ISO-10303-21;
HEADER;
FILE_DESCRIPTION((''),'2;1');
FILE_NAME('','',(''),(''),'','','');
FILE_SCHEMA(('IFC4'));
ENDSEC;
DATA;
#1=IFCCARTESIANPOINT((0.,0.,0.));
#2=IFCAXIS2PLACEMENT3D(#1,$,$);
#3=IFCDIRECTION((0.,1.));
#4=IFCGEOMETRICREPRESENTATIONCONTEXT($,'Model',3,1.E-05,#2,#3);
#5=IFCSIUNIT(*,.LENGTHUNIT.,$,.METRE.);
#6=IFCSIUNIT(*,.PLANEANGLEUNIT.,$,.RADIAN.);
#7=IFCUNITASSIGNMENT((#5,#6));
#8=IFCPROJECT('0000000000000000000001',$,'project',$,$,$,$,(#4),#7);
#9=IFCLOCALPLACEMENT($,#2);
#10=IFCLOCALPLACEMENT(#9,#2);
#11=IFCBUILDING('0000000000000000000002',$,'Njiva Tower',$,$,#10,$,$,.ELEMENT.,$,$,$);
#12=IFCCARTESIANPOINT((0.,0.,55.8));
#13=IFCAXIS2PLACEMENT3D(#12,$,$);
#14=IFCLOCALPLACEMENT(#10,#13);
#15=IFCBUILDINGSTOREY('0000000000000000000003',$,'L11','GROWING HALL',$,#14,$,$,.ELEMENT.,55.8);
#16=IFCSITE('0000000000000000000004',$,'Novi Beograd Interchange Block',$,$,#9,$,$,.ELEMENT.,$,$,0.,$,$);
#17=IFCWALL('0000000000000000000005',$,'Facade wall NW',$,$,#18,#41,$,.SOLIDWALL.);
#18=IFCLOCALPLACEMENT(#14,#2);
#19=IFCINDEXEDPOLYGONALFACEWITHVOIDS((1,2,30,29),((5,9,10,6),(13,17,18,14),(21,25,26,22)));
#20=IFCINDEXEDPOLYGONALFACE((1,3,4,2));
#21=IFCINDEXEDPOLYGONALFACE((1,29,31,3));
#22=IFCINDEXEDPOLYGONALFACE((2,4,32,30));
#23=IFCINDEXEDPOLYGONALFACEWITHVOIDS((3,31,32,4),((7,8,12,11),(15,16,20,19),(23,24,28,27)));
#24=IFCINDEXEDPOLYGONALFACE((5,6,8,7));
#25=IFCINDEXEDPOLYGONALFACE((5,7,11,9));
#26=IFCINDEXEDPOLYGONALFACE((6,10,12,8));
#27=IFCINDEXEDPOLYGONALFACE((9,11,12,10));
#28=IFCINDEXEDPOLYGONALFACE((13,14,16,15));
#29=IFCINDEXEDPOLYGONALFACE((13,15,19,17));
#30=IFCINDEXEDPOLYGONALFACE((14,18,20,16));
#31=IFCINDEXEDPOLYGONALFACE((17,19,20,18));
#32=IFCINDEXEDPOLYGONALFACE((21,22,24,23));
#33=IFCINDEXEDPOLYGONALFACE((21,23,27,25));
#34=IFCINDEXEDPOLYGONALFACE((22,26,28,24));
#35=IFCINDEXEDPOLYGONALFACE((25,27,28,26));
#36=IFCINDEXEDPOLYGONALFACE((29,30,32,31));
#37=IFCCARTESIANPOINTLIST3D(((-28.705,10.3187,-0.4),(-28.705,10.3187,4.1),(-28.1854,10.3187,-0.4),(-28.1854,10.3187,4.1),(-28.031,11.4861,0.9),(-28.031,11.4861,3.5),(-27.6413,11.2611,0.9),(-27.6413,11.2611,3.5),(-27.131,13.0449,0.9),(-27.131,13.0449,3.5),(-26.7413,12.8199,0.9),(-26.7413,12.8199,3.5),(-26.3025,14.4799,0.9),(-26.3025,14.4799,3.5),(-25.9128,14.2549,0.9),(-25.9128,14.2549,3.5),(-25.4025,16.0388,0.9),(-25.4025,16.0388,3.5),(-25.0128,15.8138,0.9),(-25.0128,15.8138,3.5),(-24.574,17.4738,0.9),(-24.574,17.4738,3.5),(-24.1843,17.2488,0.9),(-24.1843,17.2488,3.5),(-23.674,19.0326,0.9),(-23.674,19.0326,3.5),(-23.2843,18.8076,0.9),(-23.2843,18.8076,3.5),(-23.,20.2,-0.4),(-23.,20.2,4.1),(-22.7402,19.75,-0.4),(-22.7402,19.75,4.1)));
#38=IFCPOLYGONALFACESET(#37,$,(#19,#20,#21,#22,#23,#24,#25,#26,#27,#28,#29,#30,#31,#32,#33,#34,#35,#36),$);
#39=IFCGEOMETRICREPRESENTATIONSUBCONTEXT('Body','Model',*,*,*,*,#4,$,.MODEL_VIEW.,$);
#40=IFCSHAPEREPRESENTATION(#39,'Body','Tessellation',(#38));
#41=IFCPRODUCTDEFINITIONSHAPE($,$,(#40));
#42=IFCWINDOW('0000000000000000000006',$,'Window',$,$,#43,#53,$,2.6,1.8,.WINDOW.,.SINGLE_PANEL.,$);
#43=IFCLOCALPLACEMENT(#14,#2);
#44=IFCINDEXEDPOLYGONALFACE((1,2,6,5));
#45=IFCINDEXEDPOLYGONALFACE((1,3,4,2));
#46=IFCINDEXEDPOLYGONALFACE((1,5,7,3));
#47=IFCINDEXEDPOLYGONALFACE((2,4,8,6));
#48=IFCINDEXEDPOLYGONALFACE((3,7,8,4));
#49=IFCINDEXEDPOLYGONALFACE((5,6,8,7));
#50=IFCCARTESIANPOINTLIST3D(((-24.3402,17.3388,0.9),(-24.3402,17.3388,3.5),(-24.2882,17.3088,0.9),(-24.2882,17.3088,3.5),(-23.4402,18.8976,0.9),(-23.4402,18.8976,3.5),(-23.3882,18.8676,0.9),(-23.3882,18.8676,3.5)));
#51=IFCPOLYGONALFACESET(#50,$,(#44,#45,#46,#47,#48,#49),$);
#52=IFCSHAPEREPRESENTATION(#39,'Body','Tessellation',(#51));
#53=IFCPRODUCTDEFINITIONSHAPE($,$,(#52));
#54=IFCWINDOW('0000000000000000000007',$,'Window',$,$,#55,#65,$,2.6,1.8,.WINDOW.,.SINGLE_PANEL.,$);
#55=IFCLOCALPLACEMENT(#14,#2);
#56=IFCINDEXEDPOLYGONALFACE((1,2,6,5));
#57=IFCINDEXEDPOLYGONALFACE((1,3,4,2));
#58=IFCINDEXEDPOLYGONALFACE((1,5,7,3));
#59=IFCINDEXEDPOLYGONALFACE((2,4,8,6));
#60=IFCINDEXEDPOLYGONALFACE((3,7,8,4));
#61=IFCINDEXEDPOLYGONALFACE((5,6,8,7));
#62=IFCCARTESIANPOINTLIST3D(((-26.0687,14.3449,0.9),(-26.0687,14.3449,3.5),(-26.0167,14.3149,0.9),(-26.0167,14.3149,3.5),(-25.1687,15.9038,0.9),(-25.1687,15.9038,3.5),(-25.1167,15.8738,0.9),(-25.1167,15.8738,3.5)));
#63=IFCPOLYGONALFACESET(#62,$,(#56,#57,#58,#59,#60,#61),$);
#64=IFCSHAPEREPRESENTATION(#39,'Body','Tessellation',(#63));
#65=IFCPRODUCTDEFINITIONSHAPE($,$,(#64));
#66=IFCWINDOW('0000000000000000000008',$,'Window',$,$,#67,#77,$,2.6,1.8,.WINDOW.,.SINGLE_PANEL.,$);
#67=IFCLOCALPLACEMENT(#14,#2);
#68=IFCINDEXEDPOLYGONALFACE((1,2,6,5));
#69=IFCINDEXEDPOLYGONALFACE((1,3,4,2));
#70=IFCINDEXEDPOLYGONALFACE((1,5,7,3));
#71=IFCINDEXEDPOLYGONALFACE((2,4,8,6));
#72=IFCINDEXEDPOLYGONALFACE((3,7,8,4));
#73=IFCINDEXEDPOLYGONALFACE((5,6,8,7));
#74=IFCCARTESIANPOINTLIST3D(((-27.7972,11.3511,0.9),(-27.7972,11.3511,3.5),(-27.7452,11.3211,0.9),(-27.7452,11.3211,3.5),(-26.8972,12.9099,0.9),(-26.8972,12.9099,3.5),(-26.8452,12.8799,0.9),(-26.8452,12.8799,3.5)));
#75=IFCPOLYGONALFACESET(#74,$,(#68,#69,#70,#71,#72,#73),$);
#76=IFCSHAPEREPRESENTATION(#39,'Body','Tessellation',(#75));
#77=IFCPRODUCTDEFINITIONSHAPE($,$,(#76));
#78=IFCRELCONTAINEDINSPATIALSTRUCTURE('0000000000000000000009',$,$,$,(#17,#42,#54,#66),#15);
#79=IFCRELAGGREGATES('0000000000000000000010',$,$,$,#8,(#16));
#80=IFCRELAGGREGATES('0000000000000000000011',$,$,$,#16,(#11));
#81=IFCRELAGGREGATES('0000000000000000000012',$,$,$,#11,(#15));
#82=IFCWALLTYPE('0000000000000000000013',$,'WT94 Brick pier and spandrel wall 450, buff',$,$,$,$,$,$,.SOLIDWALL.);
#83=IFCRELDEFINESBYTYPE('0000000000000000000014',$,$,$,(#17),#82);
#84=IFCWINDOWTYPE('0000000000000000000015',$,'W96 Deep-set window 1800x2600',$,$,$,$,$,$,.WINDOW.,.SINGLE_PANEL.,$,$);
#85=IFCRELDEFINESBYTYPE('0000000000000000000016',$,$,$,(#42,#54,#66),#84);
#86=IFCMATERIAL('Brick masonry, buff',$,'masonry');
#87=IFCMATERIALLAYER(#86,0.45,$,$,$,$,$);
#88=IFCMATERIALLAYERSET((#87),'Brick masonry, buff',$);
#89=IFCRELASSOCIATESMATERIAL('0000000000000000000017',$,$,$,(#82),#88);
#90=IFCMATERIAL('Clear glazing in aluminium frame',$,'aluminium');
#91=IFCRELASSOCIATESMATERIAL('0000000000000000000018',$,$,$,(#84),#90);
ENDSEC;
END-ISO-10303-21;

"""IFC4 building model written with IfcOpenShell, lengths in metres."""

from ifc_helpers import new_model, si_unit, direction, frame, frame_2d, origin, place, context, subcontext, project, spatial, polyline, rectangle, outline, extrude, material, layer, layer_set, type_object, element, fill, save


model = new_model("IFC4")

# Units and contexts
model_context = context("Model", 3, precision=1e-05, world=origin(), true_north=direction((0.0, 1.0)))
body_context = subcontext(model_context, "Body", "Model", "MODEL_VIEW")
ifc_project = project(units=[si_unit("LENGTHUNIT", "METRE"), si_unit("PLANEANGLEUNIT", "RADIAN")], contexts=[model_context])

# Site, building, storey
site_placement = place(None, origin())
site = spatial("IfcSite", under=ifc_project, at=site_placement, Name="Novi Beograd Interchange Block", CompositionType="ELEMENT", RefElevation=0.0)
building_placement = place(site_placement, origin())
building = spatial("IfcBuilding", under=site, at=building_placement, Name="Njiva Tower", CompositionType="ELEMENT")
storey_placement = place(building_placement, frame((0.0, 0.0, 55.8)))
storey = spatial("IfcBuildingStorey", under=building, at=storey_placement, Name="L11", Description="GROWING HALL", CompositionType="ELEMENT", Elevation=55.8)

# Wall, openings, windows
ifc_material_1 = material(Name="Brick masonry, buff", Category="masonry")
ifc_layer_1 = layer(ifc_material_1, 0.45)
ifc_layer_set_1 = layer_set([ifc_layer_1], Name="Brick masonry, buff")
wall_type_1 = type_object("IfcWallType", Name="WT94 Brick pier and spandrel wall 450, buff", PredefinedType="SOLIDWALL", material=ifc_layer_set_1)
wall_1_placement = place(storey_placement, frame((-22.8701, 19.975, -0.4), z_axis=(0.0, 0.0, 1.0), x_axis=(-0.500002, -0.866024, 0.0)))
wall_1 = element("IfcWall", 1, at=wall_1_placement, inside=storey, type_object=wall_type_1, Name="Facade wall NW", PredefinedType="SOLIDWALL", context=body_context, shape_type="SweptSolid", body=[
    extrude(outline(polyline([(-0.1299, -0.225), (11.2801, -0.225), (11.0203, 0.225), (0.1299, 0.225), (-0.1299, -0.225)])), origin(), (0.0, 0.0, 1.0), 4.5),
])
opening_1_placement = place(wall_1_placement, frame((1.2181, 0.0, 1.3)))
opening_1 = element("IfcOpeningElement", 2, at=opening_1_placement, cuts=wall_1, PredefinedType="OPENING", context=body_context, shape_type="SweptSolid", body=[
    extrude(rectangle(XDim=1.8, YDim=2.6, at=frame_2d((0.9, 1.3))), frame((0.0, 0.235, 0.0), z_axis=(0.0, -1.0, 0.0), x_axis=(1.0, 0.0, 0.0)), (0.0, 0.0, 1.0), 0.47),
])
opening_2_placement = place(wall_1_placement, frame((4.6751, 0.0, 1.3)))
opening_2 = element("IfcOpeningElement", 3, at=opening_2_placement, cuts=wall_1, PredefinedType="OPENING", context=body_context, shape_type="SweptSolid", body=[
    extrude(rectangle(XDim=1.8, YDim=2.6, at=frame_2d((0.9, 1.3))), frame((0.0, 0.235, 0.0), z_axis=(0.0, -1.0, 0.0), x_axis=(1.0, 0.0, 0.0)), (0.0, 0.0, 1.0), 0.47),
])
opening_3_placement = place(wall_1_placement, frame((8.1321, 0.0, 1.3)))
opening_3 = element("IfcOpeningElement", 4, at=opening_3_placement, cuts=wall_1, PredefinedType="OPENING", context=body_context, shape_type="SweptSolid", body=[
    extrude(rectangle(XDim=1.8, YDim=2.6, at=frame_2d((0.9, 1.3))), frame((0.0, 0.235, 0.0), z_axis=(0.0, -1.0, 0.0), x_axis=(1.0, 0.0, 0.0)), (0.0, 0.0, 1.0), 0.47),
])
ifc_material_2 = material(Name="Clear glazing in aluminium frame", Category="aluminium")
window_type = type_object("IfcWindowType", Name="W96 Deep-set window 1800x2600", PartitioningType="SINGLE_PANEL", PredefinedType="WINDOW", material=ifc_material_2)
window_1_placement = place(opening_1_placement, origin())
window_1 = element("IfcWindow", 5, at=window_1_placement, inside=storey, type_object=window_type, Name="Window", OverallHeight=2.6, OverallWidth=1.8, PartitioningType="SINGLE_PANEL", PredefinedType="WINDOW", context=body_context, shape_type="SweptSolid", body=[
    extrude(rectangle(XDim=1.8, YDim=2.6, at=frame_2d((0.9, 1.3))), frame((0.0, 0.105, 0.0), z_axis=(0.0, -1.0, 0.0), x_axis=(1.0, 0.0, 0.0)), (0.0, 0.0, 1.0), 0.06),
])
fill(opening_1, window_1)
window_2_placement = place(opening_2_placement, origin())
window_2 = element("IfcWindow", 6, at=window_2_placement, inside=storey, type_object=window_type, Name="Window", OverallHeight=2.6, OverallWidth=1.8, PartitioningType="SINGLE_PANEL", PredefinedType="WINDOW", context=body_context, shape_type="SweptSolid", body=[
    extrude(rectangle(XDim=1.8, YDim=2.6, at=frame_2d((0.9, 1.3))), frame((0.0, 0.105, 0.0), z_axis=(0.0, -1.0, 0.0), x_axis=(1.0, 0.0, 0.0)), (0.0, 0.0, 1.0), 0.06),
])
fill(opening_2, window_2)
window_3_placement = place(opening_3_placement, origin())
window_3 = element("IfcWindow", 7, at=window_3_placement, inside=storey, type_object=window_type, Name="Window", OverallHeight=2.6, OverallWidth=1.8, PartitioningType="SINGLE_PANEL", PredefinedType="WINDOW", context=body_context, shape_type="SweptSolid", body=[
    extrude(rectangle(XDim=1.8, YDim=2.6, at=frame_2d((0.9, 1.3))), frame((0.0, 0.105, 0.0), z_axis=(0.0, -1.0, 0.0), x_axis=(1.0, 0.0, 0.0)), (0.0, 0.0, 1.0), 0.06),
])
fill(opening_3, window_3)

save(model, "model.ifc")
